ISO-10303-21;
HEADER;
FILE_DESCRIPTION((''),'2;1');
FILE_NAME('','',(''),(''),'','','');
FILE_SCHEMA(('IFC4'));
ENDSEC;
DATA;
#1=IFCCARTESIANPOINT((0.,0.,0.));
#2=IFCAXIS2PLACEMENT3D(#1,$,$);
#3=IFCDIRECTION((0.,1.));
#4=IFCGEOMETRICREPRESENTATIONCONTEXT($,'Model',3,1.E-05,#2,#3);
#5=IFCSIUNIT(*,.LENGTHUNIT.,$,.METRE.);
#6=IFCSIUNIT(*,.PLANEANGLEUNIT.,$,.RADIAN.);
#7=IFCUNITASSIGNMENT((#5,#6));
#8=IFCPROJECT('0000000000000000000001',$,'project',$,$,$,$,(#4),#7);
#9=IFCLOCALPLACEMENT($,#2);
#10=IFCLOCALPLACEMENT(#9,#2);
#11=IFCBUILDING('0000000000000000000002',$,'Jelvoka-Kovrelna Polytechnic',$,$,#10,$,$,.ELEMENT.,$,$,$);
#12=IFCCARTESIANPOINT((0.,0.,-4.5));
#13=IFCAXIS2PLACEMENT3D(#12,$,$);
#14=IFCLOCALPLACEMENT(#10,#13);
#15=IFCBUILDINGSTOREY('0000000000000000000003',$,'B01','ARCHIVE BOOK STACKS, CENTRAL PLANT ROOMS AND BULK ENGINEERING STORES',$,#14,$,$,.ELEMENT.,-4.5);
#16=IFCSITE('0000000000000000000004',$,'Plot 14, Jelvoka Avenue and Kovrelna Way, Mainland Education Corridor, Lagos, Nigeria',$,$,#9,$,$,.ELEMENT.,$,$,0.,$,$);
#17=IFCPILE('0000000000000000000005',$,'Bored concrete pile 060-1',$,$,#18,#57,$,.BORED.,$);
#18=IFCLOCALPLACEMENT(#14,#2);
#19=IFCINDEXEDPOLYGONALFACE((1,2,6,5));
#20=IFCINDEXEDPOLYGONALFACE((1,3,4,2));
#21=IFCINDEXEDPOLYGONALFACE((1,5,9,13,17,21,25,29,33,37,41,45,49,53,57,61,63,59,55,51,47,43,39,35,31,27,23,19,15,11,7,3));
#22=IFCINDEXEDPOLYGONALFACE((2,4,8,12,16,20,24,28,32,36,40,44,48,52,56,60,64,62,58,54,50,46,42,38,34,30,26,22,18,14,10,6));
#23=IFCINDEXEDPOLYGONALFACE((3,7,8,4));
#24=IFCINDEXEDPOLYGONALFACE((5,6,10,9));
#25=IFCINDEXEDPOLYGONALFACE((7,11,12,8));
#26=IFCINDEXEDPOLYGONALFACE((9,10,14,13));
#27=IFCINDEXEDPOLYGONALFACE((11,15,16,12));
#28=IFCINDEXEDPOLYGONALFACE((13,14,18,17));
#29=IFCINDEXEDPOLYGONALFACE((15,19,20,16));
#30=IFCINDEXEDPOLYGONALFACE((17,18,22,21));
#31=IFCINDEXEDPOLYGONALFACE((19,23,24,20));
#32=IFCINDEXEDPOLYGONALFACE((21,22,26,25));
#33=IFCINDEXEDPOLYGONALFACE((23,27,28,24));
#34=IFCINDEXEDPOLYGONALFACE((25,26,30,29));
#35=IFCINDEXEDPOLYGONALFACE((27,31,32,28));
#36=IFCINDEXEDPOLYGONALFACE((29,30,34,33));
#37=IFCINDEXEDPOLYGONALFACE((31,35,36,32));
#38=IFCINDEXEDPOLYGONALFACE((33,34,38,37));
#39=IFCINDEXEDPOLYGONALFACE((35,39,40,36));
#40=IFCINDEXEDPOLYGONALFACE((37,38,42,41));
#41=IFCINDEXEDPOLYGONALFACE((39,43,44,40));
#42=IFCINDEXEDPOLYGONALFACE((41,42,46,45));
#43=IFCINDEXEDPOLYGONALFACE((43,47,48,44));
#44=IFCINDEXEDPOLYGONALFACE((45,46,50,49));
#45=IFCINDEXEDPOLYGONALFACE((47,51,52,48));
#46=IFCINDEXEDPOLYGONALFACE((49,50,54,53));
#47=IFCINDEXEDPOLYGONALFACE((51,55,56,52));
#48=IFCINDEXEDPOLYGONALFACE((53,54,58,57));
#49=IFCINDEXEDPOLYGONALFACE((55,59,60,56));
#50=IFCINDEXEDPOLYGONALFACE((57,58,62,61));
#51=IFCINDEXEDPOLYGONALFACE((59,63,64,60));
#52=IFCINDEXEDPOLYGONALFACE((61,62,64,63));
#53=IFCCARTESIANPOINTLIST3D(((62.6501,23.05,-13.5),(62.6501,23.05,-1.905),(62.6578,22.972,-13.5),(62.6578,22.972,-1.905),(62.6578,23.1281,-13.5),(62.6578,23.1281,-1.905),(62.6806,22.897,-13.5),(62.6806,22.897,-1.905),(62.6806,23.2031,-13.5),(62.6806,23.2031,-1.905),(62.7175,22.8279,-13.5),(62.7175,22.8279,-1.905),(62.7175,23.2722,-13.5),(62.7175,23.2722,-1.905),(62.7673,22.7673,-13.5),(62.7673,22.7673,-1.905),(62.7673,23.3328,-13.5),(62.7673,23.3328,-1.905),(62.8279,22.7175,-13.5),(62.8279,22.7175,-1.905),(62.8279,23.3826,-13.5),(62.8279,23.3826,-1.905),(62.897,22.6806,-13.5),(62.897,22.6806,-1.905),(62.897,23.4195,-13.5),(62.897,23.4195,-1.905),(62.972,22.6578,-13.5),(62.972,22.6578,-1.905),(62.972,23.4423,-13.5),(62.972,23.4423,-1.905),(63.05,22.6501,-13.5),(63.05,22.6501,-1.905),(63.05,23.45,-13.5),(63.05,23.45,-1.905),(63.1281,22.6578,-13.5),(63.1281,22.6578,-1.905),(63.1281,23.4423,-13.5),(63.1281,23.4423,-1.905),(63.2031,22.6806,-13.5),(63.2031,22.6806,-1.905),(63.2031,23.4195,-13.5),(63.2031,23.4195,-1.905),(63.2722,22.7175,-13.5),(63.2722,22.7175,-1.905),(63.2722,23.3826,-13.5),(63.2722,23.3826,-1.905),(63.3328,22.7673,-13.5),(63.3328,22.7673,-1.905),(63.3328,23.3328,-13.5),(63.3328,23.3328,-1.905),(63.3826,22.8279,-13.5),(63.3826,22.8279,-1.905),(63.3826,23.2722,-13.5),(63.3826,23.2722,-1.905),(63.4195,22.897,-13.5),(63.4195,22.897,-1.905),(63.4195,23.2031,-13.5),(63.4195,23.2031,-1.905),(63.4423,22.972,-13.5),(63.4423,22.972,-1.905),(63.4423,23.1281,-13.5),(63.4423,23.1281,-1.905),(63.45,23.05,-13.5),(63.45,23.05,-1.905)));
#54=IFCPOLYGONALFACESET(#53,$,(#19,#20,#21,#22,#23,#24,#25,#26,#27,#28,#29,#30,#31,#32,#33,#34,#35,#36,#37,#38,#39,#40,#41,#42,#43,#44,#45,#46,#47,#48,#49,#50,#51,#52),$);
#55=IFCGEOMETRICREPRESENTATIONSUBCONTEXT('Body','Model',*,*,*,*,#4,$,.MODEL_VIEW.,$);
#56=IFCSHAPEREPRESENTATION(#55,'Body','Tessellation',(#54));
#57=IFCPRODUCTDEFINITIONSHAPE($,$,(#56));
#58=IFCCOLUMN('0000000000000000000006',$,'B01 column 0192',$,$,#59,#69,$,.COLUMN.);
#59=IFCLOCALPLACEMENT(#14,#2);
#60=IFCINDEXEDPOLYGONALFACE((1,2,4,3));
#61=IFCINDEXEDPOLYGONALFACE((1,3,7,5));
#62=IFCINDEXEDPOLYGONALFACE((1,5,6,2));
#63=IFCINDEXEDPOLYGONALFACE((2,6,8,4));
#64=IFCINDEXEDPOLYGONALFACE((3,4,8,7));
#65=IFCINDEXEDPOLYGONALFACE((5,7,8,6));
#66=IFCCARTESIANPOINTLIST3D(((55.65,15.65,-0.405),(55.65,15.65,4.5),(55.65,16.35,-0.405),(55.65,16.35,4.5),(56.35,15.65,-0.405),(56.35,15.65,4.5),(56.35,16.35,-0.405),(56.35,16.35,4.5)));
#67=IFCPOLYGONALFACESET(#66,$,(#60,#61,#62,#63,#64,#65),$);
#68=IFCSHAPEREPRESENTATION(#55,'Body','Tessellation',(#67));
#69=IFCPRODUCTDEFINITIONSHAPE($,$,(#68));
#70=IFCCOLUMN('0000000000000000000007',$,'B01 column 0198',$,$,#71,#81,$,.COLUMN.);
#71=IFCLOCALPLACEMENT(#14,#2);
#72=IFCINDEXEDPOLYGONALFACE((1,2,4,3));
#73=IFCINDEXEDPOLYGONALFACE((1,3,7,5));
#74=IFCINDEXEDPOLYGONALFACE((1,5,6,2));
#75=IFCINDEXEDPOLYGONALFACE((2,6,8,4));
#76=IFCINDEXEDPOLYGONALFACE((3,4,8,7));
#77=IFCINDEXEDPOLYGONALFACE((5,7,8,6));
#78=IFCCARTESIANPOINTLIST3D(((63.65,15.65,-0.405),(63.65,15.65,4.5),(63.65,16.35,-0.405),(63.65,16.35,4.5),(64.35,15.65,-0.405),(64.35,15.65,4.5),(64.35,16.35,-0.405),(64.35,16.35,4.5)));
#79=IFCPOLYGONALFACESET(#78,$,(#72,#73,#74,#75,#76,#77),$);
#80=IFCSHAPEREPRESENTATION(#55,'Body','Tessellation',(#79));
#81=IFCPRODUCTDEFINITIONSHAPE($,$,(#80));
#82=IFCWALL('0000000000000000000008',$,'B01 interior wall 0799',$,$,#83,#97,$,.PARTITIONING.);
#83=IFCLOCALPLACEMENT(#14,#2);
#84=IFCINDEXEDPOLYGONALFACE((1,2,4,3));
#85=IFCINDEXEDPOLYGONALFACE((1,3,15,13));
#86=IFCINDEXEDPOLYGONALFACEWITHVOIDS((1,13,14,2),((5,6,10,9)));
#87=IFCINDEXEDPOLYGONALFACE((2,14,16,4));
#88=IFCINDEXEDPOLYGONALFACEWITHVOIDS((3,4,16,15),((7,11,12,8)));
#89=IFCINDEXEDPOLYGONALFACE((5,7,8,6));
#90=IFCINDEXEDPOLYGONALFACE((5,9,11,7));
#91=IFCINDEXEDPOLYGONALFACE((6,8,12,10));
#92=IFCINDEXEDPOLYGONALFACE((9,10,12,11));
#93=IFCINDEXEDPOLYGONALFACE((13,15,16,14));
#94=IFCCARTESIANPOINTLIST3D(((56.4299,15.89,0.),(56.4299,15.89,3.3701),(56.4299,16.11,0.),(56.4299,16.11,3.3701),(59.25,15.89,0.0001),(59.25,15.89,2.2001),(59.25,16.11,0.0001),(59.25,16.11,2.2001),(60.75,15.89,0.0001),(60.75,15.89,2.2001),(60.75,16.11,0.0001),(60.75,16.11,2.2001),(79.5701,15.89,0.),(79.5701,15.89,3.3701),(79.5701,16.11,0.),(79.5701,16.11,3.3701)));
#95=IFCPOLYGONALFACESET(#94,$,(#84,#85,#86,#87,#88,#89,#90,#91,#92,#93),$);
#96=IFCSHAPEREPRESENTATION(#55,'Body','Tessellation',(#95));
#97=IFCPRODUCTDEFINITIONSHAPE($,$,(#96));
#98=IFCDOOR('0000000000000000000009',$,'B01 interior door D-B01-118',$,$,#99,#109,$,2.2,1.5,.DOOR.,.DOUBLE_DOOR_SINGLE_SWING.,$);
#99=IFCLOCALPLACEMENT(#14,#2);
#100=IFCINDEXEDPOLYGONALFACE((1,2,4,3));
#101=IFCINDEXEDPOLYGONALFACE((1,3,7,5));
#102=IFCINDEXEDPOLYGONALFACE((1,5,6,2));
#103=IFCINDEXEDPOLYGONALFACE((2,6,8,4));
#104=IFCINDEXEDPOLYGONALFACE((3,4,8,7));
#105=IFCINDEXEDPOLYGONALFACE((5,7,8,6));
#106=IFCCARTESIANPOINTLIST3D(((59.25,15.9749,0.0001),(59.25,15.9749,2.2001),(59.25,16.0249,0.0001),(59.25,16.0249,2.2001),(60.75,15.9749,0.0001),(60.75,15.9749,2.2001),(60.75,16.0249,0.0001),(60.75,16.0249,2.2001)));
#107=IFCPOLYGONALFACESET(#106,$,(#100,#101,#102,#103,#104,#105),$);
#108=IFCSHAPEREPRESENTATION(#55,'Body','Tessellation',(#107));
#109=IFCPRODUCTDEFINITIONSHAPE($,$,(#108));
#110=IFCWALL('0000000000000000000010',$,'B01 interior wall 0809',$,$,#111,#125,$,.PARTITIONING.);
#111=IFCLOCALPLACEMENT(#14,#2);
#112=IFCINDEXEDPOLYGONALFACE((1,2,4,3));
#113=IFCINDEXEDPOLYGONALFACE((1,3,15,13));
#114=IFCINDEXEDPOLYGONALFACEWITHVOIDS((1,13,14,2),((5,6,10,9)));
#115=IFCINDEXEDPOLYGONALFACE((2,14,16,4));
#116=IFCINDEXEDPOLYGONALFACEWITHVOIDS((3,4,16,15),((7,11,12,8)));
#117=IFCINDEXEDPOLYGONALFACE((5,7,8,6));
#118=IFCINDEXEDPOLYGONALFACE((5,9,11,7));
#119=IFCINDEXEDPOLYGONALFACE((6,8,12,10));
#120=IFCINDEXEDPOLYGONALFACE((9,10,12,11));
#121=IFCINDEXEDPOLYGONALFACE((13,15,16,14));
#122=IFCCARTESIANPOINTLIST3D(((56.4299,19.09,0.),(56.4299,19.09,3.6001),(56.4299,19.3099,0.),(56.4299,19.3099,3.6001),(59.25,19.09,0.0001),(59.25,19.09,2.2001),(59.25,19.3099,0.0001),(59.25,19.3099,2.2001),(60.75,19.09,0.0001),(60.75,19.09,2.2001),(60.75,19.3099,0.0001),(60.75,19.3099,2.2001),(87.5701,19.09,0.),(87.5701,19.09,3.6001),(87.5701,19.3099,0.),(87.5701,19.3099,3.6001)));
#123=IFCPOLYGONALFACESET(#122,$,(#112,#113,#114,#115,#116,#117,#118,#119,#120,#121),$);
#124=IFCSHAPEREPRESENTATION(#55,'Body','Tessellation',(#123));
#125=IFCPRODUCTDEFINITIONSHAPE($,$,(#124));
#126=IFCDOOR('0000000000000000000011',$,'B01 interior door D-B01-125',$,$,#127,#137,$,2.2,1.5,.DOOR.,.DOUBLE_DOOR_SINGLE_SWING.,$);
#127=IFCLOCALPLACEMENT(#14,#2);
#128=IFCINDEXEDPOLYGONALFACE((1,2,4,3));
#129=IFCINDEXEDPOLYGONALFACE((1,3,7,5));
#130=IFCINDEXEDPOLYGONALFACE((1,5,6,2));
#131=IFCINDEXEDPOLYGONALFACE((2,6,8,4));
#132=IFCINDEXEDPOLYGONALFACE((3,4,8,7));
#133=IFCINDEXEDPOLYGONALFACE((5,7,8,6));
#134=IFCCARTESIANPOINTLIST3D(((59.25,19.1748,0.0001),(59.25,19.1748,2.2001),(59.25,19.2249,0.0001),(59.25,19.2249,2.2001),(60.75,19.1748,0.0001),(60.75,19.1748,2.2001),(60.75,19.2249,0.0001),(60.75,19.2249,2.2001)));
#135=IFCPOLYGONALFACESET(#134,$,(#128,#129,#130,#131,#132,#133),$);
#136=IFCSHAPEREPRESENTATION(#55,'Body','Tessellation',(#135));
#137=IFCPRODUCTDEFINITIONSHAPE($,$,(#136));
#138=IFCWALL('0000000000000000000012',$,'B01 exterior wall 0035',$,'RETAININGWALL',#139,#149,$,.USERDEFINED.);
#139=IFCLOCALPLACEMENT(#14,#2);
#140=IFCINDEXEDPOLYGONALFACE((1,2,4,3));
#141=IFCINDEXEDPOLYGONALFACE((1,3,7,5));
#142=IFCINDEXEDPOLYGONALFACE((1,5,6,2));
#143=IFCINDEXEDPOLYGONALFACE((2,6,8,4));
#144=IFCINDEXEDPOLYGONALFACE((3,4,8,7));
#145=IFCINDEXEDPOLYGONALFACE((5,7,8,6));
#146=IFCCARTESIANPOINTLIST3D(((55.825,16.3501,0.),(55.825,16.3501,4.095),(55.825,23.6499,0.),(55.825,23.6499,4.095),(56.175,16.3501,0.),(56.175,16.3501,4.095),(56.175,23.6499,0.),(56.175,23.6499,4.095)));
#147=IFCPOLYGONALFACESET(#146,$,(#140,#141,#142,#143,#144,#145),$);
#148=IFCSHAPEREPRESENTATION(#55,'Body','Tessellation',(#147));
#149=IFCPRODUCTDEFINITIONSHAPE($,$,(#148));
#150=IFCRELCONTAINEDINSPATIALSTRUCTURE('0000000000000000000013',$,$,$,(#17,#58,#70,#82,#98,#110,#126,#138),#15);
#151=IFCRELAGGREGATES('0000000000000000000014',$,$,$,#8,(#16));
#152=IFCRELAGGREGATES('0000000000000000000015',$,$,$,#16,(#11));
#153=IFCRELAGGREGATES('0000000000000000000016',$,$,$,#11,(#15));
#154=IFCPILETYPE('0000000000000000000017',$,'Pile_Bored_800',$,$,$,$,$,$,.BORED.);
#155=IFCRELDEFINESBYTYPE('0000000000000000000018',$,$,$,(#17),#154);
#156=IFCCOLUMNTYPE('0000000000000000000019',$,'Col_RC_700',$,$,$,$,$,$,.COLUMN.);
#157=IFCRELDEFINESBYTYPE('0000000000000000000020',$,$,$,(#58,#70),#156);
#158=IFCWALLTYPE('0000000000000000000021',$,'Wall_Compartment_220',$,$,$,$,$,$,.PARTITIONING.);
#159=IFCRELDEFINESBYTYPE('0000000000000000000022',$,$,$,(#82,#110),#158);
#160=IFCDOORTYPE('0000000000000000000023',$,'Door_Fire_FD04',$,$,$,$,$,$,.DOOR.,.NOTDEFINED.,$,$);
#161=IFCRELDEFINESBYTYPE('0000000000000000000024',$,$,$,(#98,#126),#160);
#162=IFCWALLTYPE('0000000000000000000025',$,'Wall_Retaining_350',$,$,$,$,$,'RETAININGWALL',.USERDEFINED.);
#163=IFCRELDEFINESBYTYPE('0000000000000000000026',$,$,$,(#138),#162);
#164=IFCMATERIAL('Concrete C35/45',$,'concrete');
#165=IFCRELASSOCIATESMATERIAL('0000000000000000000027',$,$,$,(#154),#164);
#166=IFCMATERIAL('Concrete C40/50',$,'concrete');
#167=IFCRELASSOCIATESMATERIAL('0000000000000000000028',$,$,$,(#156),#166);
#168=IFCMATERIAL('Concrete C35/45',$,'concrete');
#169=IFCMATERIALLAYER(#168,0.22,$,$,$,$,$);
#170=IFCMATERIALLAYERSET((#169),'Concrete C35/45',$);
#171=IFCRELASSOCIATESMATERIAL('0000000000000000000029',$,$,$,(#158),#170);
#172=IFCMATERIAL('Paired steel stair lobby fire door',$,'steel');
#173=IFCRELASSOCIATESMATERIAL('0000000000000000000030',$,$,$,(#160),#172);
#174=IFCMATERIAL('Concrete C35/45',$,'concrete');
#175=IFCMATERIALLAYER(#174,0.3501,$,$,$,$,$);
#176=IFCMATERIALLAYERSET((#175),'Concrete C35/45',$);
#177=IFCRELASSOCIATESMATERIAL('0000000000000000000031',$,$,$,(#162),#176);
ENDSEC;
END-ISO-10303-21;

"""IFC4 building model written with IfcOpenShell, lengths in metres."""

from ifc_helpers import new_model, si_unit, direction, frame, frame_2d, origin, origin_2d, place, context, subcontext, project, spatial, rectangle, circle, extrude, material, layer, layer_set, material_profile, profile_set, type_object, element, fill, save


model = new_model("IFC4")

# Units and contexts
model_context = context("Model", 3, precision=1e-05, world=origin(), true_north=direction((0.0, 1.0)))
body_context = subcontext(model_context, "Body", "Model", "MODEL_VIEW")
ifc_project = project(units=[si_unit("LENGTHUNIT", "METRE"), si_unit("PLANEANGLEUNIT", "RADIAN")], contexts=[model_context])

# Site, building, storey
site_placement = place(None, origin())
site = spatial("IfcSite", under=ifc_project, at=site_placement, Name="Plot 14, Jelvoka Avenue and Kovrelna Way, Mainland Education Corridor, Lagos, Nigeria", CompositionType="ELEMENT", RefElevation=0.0)
building_placement = place(site_placement, origin())
building = spatial("IfcBuilding", under=site, at=building_placement, Name="Jelvoka-Kovrelna Polytechnic", CompositionType="ELEMENT")
storey_placement = place(building_placement, frame((0.0, 0.0, -4.5)))
storey = spatial("IfcBuildingStorey", under=building, at=storey_placement, Name="B01", Description="ARCHIVE BOOK STACKS, CENTRAL PLANT ROOMS AND BULK ENGINEERING STORES", CompositionType="ELEMENT", Elevation=-4.5)

# Pile
ifc_material_1 = material(Name="Concrete C35/45", Category="concrete")
ifc_material_profile_1 = material_profile(ifc_material_1, circle(Radius=0.3999, at=origin_2d()), Name="PILE D800")
ifc_profile_set_1 = profile_set([ifc_material_profile_1], Name="Concrete C35/45")
pile_type = type_object("IfcPileType", Name="Pile_Bored_800", PredefinedType="BORED", material=ifc_profile_set_1)
pile_1_placement = place(storey_placement, frame((63.05, 23.05, -1.905), z_axis=(0.0, 0.0, -1.0), x_axis=(1.0, 0.0, 0.0)))
element("IfcPile", 1, at=pile_1_placement, inside=storey, type_object=pile_type, Name="Bored concrete pile 060-1", PredefinedType="BORED", context=body_context, shape_type="SweptSolid", body=[
    extrude(circle(Radius=0.3999, at=origin_2d()), origin(), (0.0, 0.0, 1.0), 11.595),
])

# Columns
ifc_material_2 = material(Name="Concrete C40/50", Category="concrete")
ifc_material_profile_2 = material_profile(ifc_material_2, rectangle(XDim=0.7, YDim=0.7, at=origin_2d()), Name="RC 700x700")
ifc_profile_set_2 = profile_set([ifc_material_profile_2], Name="Concrete C40/50")
column_type = type_object("IfcColumnType", Name="Col_RC_700", PredefinedType="COLUMN", material=ifc_profile_set_2)
for number, where, z_axis, x_axis, name in (
    (2, (56.0, 16.0, -0.405), (0.0, 0.0, 1.0), (1.0, 0.0, 0.0), "B01 column 0192"),
    (3, (64.0, 16.0, -0.405), (0.0, 0.0, 1.0), (1.0, 0.0, 0.0), "B01 column 0198"),
):
    element("IfcColumn", number, at=place(storey_placement, frame(where, z_axis=z_axis, x_axis=x_axis)), inside=storey, type_object=column_type, Name=name, PredefinedType="COLUMN", context=body_context, shape_type="SweptSolid", body=[
        extrude(rectangle(XDim=0.7, YDim=0.7, at=origin_2d()), origin(), (0.0, 0.0, 1.0), 4.905),
    ])

# Walls, openings, doors
ifc_material_3 = material(Name="Concrete C35/45", Category="concrete")
ifc_layer_1 = layer(ifc_material_3, 0.22)
ifc_layer_set_1 = layer_set([ifc_layer_1], Name="Concrete C35/45")
wall_type_1 = type_object("IfcWallType", Name="Wall_Compartment_220", PredefinedType="PARTITIONING", material=ifc_layer_set_1)
wall_1_placement = place(storey_placement, frame((56.4299, 16.0, 0.0), z_axis=(0.0, 0.0, 1.0), x_axis=(1.0, 0.0, 0.0)))
wall_1 = element("IfcWall", 4, at=wall_1_placement, inside=storey, type_object=wall_type_1, Name="B01 interior wall 0799", PredefinedType="PARTITIONING", context=body_context, shape_type="SweptSolid", body=[
    extrude(rectangle(XDim=23.1401, YDim=0.22, at=frame_2d((11.5701, 0.0))), origin(), (0.0, 0.0, 1.0), 3.3701),
])
opening_1_placement = place(wall_1_placement, frame((2.8201, 0.0, 0.0)))
opening_1 = element("IfcOpeningElement", 5, at=opening_1_placement, cuts=wall_1, PredefinedType="OPENING", context=body_context, shape_type="SweptSolid", body=[
    extrude(rectangle(XDim=1.5, YDim=2.2, at=frame_2d((0.75, 1.1001))), frame((0.0, 0.1199, 0.0), z_axis=(0.0, -1.0, 0.0), x_axis=(1.0, 0.0, 0.0)), (0.0, 0.0, 1.0), 0.24),
])
ifc_material_4 = material(Name="Paired steel stair lobby fire door", Category="steel")
door_type = type_object("IfcDoorType", Name="Door_Fire_FD04", OperationType="NOTDEFINED", PredefinedType="DOOR", material=ifc_material_4)
door_1_placement = place(opening_1_placement, origin())
door_1 = element("IfcDoor", 6, at=door_1_placement, inside=storey, type_object=door_type, Name="B01 interior door D-B01-118", OperationType="DOUBLE_DOOR_SINGLE_SWING", OverallHeight=2.2, OverallWidth=1.5, PredefinedType="DOOR", context=body_context, shape_type="SweptSolid", body=[
    extrude(rectangle(XDim=1.5, YDim=2.2, at=frame_2d((0.75, 1.1001))), frame((0.0, 0.0249, 0.0), z_axis=(0.0, -1.0, 0.0), x_axis=(1.0, 0.0, 0.0)), (0.0, 0.0, 1.0), 0.05),
])
fill(opening_1, door_1)
wall_2_placement = place(storey_placement, frame((56.4299, 19.2, 0.0), z_axis=(0.0, 0.0, 1.0), x_axis=(1.0, 0.0, 0.0)))
wall_2 = element("IfcWall", 7, at=wall_2_placement, inside=storey, type_object=wall_type_1, Name="B01 interior wall 0809", PredefinedType="PARTITIONING", context=body_context, shape_type="SweptSolid", body=[
    extrude(rectangle(XDim=31.1401, YDim=0.22, at=frame_2d((15.5701, 0.0))), origin(), (0.0, 0.0, 1.0), 3.6001),
])
opening_2_placement = place(wall_2_placement, frame((2.8201, 0.0, 0.0)))
opening_2 = element("IfcOpeningElement", 8, at=opening_2_placement, cuts=wall_2, PredefinedType="OPENING", context=body_context, shape_type="SweptSolid", body=[
    extrude(rectangle(XDim=1.5, YDim=2.2, at=frame_2d((0.75, 1.1001))), frame((0.0, 0.1199, 0.0), z_axis=(0.0, -1.0, 0.0), x_axis=(1.0, 0.0, 0.0)), (0.0, 0.0, 1.0), 0.24),
])
door_2_placement = place(opening_2_placement, origin())
door_2 = element("IfcDoor", 9, at=door_2_placement, inside=storey, type_object=door_type, Name="B01 interior door D-B01-125", OperationType="DOUBLE_DOOR_SINGLE_SWING", OverallHeight=2.2, OverallWidth=1.5, PredefinedType="DOOR", context=body_context, shape_type="SweptSolid", body=[
    extrude(rectangle(XDim=1.5, YDim=2.2, at=frame_2d((0.75, 1.1001))), frame((0.0, 0.0249, 0.0), z_axis=(0.0, -1.0, 0.0), x_axis=(1.0, 0.0, 0.0)), (0.0, 0.0, 1.0), 0.05),
])
fill(opening_2, door_2)

# Wall
ifc_material_5 = material(Name="Concrete C35/45", Category="concrete")
ifc_layer_2 = layer(ifc_material_5, 0.3501)
ifc_layer_set_2 = layer_set([ifc_layer_2], Name="Concrete C35/45")
wall_type_2 = type_object("IfcWallType", Name="Wall_Retaining_350", ElementType="RETAININGWALL", PredefinedType="USERDEFINED", material=ifc_layer_set_2)
wall_3_placement = place(storey_placement, frame((56.0, 16.3501, 0.0), z_axis=(0.0, 0.0, 1.0), x_axis=(0.0, 1.0, 0.0)))
element("IfcWall", 10, at=wall_3_placement, inside=storey, type_object=wall_type_2, Name="B01 exterior wall 0035", ObjectType="RETAININGWALL", PredefinedType="USERDEFINED", context=body_context, shape_type="SweptSolid", body=[
    extrude(rectangle(XDim=7.2998, YDim=0.3501, at=frame_2d((3.6499, 0.0))), origin(), (0.0, 0.0, 1.0), 4.095),
])

save(model, "model.ifc")
